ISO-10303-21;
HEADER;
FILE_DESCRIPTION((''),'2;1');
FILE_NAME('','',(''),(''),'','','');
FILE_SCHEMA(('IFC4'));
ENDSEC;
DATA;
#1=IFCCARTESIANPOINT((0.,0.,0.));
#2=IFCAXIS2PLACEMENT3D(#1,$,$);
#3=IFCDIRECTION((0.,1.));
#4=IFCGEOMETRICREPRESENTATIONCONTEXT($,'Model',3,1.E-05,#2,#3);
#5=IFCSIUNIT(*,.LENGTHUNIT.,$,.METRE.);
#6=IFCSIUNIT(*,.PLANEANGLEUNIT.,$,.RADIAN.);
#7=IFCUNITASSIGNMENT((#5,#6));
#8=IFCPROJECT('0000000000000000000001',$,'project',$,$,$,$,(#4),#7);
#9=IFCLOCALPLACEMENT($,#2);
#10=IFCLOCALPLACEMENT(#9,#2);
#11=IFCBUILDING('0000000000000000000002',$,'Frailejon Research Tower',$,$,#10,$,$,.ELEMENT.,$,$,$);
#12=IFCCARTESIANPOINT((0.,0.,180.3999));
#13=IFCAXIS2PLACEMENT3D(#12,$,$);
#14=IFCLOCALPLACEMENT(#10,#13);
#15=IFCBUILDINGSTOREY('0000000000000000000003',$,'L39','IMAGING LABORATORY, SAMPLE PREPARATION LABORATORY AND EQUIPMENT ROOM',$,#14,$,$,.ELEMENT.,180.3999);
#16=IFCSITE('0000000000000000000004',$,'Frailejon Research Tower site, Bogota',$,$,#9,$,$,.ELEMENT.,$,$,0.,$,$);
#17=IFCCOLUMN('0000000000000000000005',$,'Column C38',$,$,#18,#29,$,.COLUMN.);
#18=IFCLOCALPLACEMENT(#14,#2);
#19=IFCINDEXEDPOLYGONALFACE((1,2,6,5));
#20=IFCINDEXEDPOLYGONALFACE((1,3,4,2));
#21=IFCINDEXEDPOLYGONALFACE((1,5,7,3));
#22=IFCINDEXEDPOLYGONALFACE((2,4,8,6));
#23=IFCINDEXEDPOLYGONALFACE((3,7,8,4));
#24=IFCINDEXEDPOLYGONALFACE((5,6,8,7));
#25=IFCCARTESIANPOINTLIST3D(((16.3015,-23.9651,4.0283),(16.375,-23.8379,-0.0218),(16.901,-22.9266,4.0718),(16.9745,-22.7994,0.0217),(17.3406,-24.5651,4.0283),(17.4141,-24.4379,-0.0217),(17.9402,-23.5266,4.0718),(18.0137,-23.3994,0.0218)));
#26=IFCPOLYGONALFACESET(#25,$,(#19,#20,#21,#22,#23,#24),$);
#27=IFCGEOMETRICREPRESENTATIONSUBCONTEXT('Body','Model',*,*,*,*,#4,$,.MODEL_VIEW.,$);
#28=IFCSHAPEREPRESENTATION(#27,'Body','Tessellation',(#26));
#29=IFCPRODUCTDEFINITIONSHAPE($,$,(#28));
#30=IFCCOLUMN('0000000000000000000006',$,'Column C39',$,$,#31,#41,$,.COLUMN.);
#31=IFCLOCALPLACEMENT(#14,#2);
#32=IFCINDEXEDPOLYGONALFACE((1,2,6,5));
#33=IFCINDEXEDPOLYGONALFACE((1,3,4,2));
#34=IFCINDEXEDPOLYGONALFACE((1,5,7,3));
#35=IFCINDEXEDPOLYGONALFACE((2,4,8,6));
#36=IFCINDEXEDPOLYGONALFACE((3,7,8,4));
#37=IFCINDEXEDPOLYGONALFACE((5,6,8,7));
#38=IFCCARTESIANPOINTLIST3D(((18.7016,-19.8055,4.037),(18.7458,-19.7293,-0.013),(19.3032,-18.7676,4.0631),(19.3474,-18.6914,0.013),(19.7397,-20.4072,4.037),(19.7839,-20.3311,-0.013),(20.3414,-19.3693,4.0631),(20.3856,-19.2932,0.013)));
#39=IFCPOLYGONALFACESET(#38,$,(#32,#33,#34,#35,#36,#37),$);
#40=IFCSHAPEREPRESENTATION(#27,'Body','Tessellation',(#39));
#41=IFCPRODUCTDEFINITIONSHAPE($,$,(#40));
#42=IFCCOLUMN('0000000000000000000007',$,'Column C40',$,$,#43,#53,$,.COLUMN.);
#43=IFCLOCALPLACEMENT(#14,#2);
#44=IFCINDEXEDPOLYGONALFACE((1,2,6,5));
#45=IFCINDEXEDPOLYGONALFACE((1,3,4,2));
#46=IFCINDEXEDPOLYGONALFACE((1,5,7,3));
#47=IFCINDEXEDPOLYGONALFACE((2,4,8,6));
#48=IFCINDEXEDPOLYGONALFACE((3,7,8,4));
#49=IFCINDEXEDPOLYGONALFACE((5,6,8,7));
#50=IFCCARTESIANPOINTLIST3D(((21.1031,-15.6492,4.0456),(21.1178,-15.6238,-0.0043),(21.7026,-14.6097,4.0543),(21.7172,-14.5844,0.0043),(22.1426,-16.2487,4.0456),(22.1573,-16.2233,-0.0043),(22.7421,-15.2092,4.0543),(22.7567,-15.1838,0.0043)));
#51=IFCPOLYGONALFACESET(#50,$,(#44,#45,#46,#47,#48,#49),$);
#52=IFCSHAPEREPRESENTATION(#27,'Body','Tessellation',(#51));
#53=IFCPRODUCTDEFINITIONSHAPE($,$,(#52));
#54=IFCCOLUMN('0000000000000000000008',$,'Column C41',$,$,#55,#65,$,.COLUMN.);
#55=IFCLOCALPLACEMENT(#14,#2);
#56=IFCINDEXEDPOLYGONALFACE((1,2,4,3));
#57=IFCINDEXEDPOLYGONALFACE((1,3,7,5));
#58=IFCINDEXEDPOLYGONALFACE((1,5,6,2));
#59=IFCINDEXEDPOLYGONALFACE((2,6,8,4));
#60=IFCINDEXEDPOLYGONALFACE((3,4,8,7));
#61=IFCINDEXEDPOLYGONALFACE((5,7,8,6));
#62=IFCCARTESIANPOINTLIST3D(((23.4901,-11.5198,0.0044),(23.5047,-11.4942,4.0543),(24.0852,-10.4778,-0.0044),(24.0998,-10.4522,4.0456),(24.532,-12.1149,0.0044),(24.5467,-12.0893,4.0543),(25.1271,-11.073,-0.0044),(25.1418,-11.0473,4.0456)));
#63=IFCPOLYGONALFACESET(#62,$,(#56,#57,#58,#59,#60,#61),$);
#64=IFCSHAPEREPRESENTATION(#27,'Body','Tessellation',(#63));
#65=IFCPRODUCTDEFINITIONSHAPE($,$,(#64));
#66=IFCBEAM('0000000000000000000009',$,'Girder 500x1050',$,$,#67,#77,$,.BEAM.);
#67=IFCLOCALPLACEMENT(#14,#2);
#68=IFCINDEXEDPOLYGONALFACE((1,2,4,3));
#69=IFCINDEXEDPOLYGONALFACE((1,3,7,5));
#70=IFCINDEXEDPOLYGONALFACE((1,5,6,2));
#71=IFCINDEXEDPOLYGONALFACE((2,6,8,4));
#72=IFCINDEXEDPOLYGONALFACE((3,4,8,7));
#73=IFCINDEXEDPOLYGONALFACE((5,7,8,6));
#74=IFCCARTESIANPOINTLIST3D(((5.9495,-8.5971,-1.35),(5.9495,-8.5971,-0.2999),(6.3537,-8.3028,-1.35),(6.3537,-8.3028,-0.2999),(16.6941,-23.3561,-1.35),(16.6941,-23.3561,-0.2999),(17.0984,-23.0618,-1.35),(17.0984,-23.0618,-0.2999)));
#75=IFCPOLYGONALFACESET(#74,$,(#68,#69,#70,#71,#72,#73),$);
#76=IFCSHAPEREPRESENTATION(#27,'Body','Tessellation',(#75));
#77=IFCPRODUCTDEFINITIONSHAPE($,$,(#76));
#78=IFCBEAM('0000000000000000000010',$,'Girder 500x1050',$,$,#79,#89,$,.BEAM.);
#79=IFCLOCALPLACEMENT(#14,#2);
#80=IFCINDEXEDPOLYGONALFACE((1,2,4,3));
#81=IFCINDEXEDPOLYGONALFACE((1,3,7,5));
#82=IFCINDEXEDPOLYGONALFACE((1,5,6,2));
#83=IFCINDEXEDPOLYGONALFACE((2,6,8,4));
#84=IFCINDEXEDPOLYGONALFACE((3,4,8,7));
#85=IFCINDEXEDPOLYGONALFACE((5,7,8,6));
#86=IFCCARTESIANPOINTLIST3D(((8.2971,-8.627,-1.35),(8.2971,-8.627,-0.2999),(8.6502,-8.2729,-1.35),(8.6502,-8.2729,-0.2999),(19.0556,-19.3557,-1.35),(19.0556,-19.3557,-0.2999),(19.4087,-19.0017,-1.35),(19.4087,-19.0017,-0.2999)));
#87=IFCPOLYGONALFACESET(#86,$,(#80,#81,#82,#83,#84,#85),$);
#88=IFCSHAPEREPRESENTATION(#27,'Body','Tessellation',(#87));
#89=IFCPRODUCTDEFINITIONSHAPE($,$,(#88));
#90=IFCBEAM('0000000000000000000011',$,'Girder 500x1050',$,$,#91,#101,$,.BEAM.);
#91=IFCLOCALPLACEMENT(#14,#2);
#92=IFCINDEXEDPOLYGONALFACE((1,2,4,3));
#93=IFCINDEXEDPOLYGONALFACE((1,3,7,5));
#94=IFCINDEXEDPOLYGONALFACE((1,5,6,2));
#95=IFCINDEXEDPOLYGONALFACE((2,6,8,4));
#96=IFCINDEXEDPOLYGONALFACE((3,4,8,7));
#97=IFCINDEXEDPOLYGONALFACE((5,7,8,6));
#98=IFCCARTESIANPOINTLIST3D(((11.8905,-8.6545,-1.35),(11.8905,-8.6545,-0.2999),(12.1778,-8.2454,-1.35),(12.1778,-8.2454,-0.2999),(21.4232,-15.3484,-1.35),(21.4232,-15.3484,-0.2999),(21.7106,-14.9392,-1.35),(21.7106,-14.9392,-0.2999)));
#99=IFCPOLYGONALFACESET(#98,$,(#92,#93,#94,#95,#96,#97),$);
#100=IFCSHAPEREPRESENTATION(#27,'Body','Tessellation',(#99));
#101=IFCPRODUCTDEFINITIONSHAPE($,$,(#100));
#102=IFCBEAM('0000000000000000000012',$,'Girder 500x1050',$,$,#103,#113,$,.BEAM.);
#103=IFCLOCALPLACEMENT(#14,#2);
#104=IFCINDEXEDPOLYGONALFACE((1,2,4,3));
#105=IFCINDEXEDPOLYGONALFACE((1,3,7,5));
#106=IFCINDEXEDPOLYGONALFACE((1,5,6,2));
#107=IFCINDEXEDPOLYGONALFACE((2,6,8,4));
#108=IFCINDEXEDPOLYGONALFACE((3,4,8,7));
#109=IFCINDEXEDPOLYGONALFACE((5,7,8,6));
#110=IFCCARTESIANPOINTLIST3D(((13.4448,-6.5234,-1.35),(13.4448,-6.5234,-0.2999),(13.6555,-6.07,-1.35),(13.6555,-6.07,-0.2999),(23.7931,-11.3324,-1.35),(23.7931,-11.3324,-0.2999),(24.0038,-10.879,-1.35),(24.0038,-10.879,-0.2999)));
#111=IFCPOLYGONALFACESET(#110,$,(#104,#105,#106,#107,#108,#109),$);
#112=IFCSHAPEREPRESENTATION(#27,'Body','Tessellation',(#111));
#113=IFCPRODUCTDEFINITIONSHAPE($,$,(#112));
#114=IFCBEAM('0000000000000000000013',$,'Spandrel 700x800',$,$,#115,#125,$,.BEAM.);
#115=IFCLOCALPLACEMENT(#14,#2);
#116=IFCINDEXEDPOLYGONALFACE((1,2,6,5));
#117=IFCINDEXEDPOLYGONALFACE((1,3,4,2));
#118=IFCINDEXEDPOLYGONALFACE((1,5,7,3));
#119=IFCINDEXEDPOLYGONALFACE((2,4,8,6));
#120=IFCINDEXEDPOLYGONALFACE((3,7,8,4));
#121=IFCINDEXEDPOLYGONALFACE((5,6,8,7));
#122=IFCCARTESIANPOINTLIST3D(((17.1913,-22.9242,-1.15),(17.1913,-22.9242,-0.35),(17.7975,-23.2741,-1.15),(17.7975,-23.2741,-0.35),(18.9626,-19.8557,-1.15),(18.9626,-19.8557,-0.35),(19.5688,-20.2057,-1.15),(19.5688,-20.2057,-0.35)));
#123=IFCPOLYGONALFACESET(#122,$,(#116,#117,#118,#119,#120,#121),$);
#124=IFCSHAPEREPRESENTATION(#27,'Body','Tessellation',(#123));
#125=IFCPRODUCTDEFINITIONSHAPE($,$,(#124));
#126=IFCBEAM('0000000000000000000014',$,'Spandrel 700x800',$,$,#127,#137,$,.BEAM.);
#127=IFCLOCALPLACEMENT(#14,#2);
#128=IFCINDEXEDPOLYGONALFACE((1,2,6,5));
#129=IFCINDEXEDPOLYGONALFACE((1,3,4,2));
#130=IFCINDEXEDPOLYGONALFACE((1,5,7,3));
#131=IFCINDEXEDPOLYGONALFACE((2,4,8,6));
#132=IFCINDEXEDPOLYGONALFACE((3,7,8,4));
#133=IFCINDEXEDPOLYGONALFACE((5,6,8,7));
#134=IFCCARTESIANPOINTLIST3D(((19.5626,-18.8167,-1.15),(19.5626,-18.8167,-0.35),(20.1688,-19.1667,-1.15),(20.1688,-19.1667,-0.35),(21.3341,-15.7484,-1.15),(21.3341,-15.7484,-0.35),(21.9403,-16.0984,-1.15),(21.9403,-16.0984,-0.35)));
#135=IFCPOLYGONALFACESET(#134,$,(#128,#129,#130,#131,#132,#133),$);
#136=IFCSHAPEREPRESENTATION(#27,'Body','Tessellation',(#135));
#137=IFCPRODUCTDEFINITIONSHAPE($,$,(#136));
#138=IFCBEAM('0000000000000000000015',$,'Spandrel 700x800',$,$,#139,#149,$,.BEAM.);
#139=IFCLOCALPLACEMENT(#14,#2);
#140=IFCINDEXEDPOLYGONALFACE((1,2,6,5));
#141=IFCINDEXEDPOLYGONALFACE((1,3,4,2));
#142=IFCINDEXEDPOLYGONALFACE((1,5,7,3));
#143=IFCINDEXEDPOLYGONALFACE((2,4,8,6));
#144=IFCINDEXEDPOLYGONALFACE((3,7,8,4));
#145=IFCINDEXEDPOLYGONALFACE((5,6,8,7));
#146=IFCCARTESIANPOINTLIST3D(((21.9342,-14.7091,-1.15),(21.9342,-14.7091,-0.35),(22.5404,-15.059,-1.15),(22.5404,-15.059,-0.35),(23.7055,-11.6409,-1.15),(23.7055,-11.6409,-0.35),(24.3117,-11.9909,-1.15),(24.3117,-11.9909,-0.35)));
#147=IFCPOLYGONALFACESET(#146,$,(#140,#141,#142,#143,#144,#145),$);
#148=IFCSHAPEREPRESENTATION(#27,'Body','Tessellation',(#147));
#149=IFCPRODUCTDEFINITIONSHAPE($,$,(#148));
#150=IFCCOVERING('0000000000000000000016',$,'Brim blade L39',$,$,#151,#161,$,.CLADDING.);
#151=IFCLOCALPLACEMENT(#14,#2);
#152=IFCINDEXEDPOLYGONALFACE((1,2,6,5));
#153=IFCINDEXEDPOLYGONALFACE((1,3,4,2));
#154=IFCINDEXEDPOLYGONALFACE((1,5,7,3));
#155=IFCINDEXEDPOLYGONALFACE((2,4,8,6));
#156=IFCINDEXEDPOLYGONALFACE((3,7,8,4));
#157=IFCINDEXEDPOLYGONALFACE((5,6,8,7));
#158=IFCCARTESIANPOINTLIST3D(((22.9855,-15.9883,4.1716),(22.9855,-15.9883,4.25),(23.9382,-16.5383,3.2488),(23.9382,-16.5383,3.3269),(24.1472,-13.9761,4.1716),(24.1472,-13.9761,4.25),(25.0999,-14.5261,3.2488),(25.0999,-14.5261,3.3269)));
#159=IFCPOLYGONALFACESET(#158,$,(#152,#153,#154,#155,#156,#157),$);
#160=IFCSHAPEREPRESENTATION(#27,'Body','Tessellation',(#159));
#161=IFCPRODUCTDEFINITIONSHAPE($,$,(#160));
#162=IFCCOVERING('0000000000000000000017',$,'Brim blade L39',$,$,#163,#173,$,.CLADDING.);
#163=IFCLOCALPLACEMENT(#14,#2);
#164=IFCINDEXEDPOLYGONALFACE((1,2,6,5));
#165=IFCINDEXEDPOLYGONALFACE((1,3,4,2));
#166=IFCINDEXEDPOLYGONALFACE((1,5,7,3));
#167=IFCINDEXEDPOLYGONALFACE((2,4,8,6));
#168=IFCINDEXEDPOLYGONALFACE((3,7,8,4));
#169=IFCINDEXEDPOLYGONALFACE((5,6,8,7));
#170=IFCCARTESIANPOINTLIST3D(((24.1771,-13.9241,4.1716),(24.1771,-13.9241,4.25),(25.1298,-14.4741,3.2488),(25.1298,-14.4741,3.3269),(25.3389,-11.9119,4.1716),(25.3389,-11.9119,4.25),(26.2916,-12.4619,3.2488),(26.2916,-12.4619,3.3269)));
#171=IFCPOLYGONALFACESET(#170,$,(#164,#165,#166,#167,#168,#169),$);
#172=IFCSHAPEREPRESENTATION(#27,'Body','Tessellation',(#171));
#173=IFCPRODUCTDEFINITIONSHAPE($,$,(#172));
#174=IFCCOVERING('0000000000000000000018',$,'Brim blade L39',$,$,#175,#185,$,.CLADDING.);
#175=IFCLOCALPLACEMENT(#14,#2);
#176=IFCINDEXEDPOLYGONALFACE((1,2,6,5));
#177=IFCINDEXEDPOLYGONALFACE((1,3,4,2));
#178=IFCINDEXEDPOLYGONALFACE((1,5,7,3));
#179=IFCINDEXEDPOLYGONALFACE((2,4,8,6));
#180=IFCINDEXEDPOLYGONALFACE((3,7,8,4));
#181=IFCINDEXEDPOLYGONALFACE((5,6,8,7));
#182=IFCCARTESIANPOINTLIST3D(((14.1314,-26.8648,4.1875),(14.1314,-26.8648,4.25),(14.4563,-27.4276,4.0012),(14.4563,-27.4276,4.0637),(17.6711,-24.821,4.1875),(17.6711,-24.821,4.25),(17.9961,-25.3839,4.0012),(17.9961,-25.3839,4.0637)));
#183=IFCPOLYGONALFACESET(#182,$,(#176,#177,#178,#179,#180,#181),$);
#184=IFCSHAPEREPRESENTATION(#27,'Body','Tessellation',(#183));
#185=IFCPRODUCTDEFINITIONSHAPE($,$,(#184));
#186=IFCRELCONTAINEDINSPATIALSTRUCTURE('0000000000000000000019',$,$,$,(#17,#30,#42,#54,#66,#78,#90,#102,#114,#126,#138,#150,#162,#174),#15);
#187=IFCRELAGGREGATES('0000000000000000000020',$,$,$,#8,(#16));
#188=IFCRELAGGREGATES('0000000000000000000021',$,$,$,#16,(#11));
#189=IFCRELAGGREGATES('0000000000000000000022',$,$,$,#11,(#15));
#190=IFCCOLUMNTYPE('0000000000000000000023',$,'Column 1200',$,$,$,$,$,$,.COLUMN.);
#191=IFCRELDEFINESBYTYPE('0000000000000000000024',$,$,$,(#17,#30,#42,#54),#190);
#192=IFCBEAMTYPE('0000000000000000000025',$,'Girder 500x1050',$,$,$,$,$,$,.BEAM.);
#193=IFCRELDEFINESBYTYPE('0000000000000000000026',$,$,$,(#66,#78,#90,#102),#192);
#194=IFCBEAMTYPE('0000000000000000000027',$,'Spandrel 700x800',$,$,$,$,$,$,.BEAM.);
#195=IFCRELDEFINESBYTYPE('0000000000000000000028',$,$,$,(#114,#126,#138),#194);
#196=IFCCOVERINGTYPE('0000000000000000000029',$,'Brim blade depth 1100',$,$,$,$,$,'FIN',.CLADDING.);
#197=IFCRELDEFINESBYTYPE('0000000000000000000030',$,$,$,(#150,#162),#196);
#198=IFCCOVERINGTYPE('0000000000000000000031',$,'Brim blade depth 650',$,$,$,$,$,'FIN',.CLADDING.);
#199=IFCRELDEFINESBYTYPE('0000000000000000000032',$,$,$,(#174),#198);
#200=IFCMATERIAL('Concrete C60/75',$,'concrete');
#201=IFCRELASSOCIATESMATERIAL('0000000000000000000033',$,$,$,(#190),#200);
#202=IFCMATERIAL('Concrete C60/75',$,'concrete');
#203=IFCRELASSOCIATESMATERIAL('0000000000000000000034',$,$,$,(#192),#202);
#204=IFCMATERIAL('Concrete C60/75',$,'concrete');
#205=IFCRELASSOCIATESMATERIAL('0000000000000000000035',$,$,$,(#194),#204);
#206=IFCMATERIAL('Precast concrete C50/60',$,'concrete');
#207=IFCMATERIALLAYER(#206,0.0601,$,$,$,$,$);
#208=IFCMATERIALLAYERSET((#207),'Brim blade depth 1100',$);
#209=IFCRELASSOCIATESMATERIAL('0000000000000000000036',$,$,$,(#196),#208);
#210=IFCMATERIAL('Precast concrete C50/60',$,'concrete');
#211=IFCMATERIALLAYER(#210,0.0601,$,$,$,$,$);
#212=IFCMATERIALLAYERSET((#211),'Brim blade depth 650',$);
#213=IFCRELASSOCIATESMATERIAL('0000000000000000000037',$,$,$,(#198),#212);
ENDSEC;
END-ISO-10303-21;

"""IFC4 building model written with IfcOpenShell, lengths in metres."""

from ifc_helpers import new_model, si_unit, direction, frame, origin, origin_2d, place, context, subcontext, project, spatial, polyline, rectangle, outline, extrude, material, layer, layer_set, material_profile, profile_set, type_object, element, save


model = new_model("IFC4")

# Units and contexts
model_context = context("Model", 3, precision=1e-05, world=origin(), true_north=direction((0.0, 1.0)))
body_context = subcontext(model_context, "Body", "Model", "MODEL_VIEW")
ifc_project = project(units=[si_unit("LENGTHUNIT", "METRE"), si_unit("PLANEANGLEUNIT", "RADIAN")], contexts=[model_context])

# Site, building, storey
site_placement = place(None, origin())
site = spatial("IfcSite", under=ifc_project, at=site_placement, Name="Frailejon Research Tower site, Bogota", CompositionType="ELEMENT", RefElevation=0.0)
building_placement = place(site_placement, origin())
building = spatial("IfcBuilding", under=site, at=building_placement, Name="Frailejon Research Tower", CompositionType="ELEMENT")
storey_placement = place(building_placement, frame((0.0, 0.0, 180.3999)))
storey = spatial("IfcBuildingStorey", under=building, at=storey_placement, Name="L39", Description="IMAGING LABORATORY, SAMPLE PREPARATION LABORATORY AND EQUIPMENT ROOM", CompositionType="ELEMENT", Elevation=180.3999)

# Columns
ifc_material_1 = material(Name="Concrete C60/75", Category="concrete")
ifc_material_profile_1 = material_profile(ifc_material_1, rectangle(XDim=1.2, YDim=1.2, at=origin_2d()), Name="Column 1200")
ifc_profile_set_1 = profile_set([ifc_material_profile_1], Name="Concrete C60/75")
column_type = type_object("IfcColumnType", Name="Column 1200", PredefinedType="COLUMN", material=ifc_profile_set_1)
column_1_placement = place(storey_placement, frame((17.1943, -23.6187, 0.0), z_axis=(-0.018133, -0.031386, 0.999343), x_axis=(0.499675, 0.865454, 0.036247)))
element("IfcColumn", 1, at=column_1_placement, inside=storey, type_object=column_type, Name="Column C38", PredefinedType="COLUMN", context=body_context, shape_type="SweptSolid", body=[
    extrude(rectangle(XDim=1.2, YDim=1.2, at=origin_2d()), origin(), (0.0, 0.0, 1.0), 4.0527),
])
column_2_placement = place(storey_placement, frame((19.5657, -19.5112, 0.0), z_axis=(-0.010908, -0.018803, 0.999764), x_axis=(0.501388, 0.864949, 0.021738)))
element("IfcColumn", 2, at=column_2_placement, inside=storey, type_object=column_type, Name="Column C39", PredefinedType="COLUMN", context=body_context, shape_type="SweptSolid", body=[
    extrude(rectangle(XDim=1.2, YDim=1.2, at=origin_2d()), origin(), (0.0, 0.0, 1.0), 4.051),
])
for number, where, z_axis, x_axis, name in (
    (3, (21.9373, -15.4038, 0.0), (-0.003617, -0.006269, 0.999974), (0.499536, 0.866263, 0.007238), "Column C40"),
    (4, (24.3086, -11.2964, 0.0), (0.003617, 0.006329, 0.999973), (0.495951, 0.86832, -0.00729), "Column C41"),
):
    element("IfcColumn", number, at=place(storey_placement, frame(where, z_axis=z_axis, x_axis=x_axis)), inside=storey, type_object=column_type, Name=name, PredefinedType="COLUMN", context=body_context, shape_type="SweptSolid", body=[
        extrude(rectangle(XDim=1.2, YDim=1.2, at=origin_2d()), origin(), (0.0, 0.0, 1.0), 4.05),
    ])

# Beams
ifc_material_2 = material(Name="Concrete C60/75", Category="concrete")
ifc_material_profile_2 = material_profile(ifc_material_2, rectangle(XDim=0.5, YDim=1.05, at=origin_2d()), Name="Girder 500x1050")
ifc_profile_set_2 = profile_set([ifc_material_profile_2], Name="Concrete C60/75")
beam_type_1 = type_object("IfcBeamType", Name="Girder 500x1050", PredefinedType="BEAM", material=ifc_profile_set_2)
beam_1_placement = place(storey_placement, frame((16.8962, -23.209, -0.825), z_axis=(-0.588558, 0.808455, 0.0), x_axis=(-0.808455, -0.588558, 0.0)))
element("IfcBeam", 5, at=beam_1_placement, inside=storey, type_object=beam_type_1, Name="Girder 500x1050", PredefinedType="BEAM", context=body_context, shape_type="SweptSolid", body=[
    extrude(rectangle(XDim=0.5, YDim=1.05, at=origin_2d()), origin(), (0.0, 0.0, 1.0), 18.2559),
])
beam_2_placement = place(storey_placement, frame((19.2322, -19.1787, -0.825), z_axis=(-0.708086, 0.706126, 0.0), x_axis=(-0.706126, -0.708086, 0.0)))
element("IfcBeam", 6, at=beam_2_placement, inside=storey, type_object=beam_type_1, Name="Girder 500x1050", PredefinedType="BEAM", context=body_context, shape_type="SweptSolid", body=[
    extrude(rectangle(XDim=0.5, YDim=1.05, at=origin_2d()), origin(), (0.0, 0.0, 1.0), 15.1938),
])
beam_3_placement = place(storey_placement, frame((21.5669, -15.1438, -0.825), z_axis=(-0.818386, 0.574669, 0.0), x_axis=(-0.574669, -0.818386, 0.0)))
element("IfcBeam", 7, at=beam_3_placement, inside=storey, type_object=beam_type_1, Name="Girder 500x1050", PredefinedType="BEAM", context=body_context, shape_type="SweptSolid", body=[
    extrude(rectangle(XDim=0.5, YDim=1.05, at=origin_2d()), origin(), (0.0, 0.0, 1.0), 11.6482),
])
beam_4_placement = place(storey_placement, frame((23.8984, -11.1057, -0.825), z_axis=(-0.906859, 0.421434, 0.0), x_axis=(-0.421434, -0.906859, 0.0)))
element("IfcBeam", 8, at=beam_4_placement, inside=storey, type_object=beam_type_1, Name="Girder 500x1050", PredefinedType="BEAM", context=body_context, shape_type="SweptSolid", body=[
    extrude(rectangle(XDim=0.5, YDim=1.05, at=origin_2d()), origin(), (0.0, 0.0, 1.0), 11.4111),
])
ifc_material_3 = material(Name="Concrete C60/75", Category="concrete")
ifc_material_profile_3 = material_profile(ifc_material_3, rectangle(XDim=0.7, YDim=0.8, at=origin_2d()), Name="Spandrel 700x800")
ifc_profile_set_3 = profile_set([ifc_material_profile_3], Name="Concrete C60/75")
beam_type_2 = type_object("IfcBeamType", Name="Spandrel 700x800", PredefinedType="BEAM", material=ifc_profile_set_3)
for number, where, z_axis, x_axis, name in (
    (9, (17.4944, -23.0991, -0.75), (0.499941, 0.866059, 0.0), (-0.866059, 0.499941, 0.0), "Spandrel 700x800"),
    (10, (19.8657, -18.9917, -0.75), (0.499993, 0.86603, 0.0), (-0.86603, 0.499993, 0.0), "Spandrel 700x800"),
):
    element("IfcBeam", number, at=place(storey_placement, frame(where, z_axis=z_axis, x_axis=x_axis)), inside=storey, type_object=beam_type_2, Name=name, PredefinedType="BEAM", context=body_context, shape_type="SweptSolid", body=[
        extrude(rectangle(XDim=0.7, YDim=0.8, at=origin_2d()), origin(), (0.0, 0.0, 1.0), 3.543),
    ])
beam_5_placement = place(storey_placement, frame((22.2373, -14.884, -0.75), z_axis=(0.499971, 0.866042, 0.0), x_axis=(-0.866042, 0.499971, 0.0)))
element("IfcBeam", 11, at=beam_5_placement, inside=storey, type_object=beam_type_2, Name="Spandrel 700x800", PredefinedType="BEAM", context=body_context, shape_type="SweptSolid", body=[
    extrude(rectangle(XDim=0.7, YDim=0.8, at=origin_2d()), origin(), (0.0, 0.0, 1.0), 3.5427),
])

# Coverings
ifc_material_4 = material(Name="Precast concrete C50/60", Category="concrete")
ifc_layer_1 = layer(ifc_material_4, 0.0601)
ifc_layer_set_1 = layer_set([ifc_layer_1], Name="Brim blade depth 1100")
covering_type_1 = type_object("IfcCoveringType", Name="Brim blade depth 1100", ElementType="FIN", PredefinedType="CLADDING", material=ifc_layer_set_1)
for number, where, z_axis, x_axis, name in (
    (12, (24.1472, -13.9761, 4.25), (-0.500001, -0.866025, 0.0), (0.866025, -0.500001, 0.0), "Brim blade L39"),
    (13, (25.3389, -11.9119, 4.25), (-0.500001, -0.866025, 0.0), (0.866025, -0.500001, 0.0), "Brim blade L39"),
):
    element("IfcCovering", number, at=place(storey_placement, frame(where, z_axis=z_axis, x_axis=x_axis)), inside=storey, type_object=covering_type_1, Name=name, PredefinedType="CLADDING", context=body_context, shape_type="SweptSolid", body=[
        extrude(outline(polyline([(0.0, -0.0784), (1.1001, -1.0012), (1.1001, -0.9231), (0.0, 0.0), (0.0, -0.0784)])), origin(), (0.0, 0.0, 1.0), 2.3235),
    ])
ifc_material_5 = material(Name="Precast concrete C50/60", Category="concrete")
ifc_layer_2 = layer(ifc_material_5, 0.0601)
ifc_layer_set_2 = layer_set([ifc_layer_2], Name="Brim blade depth 650")
covering_type_2 = type_object("IfcCoveringType", Name="Brim blade depth 650", ElementType="FIN", PredefinedType="CLADDING", material=ifc_layer_set_2)
covering_placement = place(storey_placement, frame((17.6711, -24.821, 4.25), z_axis=(-0.866021, -0.500007, 0.0), x_axis=(0.500007, -0.866021, 0.0)))
element("IfcCovering", 14, at=covering_placement, inside=storey, type_object=covering_type_2, Name="Brim blade L39", PredefinedType="CLADDING", context=body_context, shape_type="SweptSolid", body=[
    extrude(outline(polyline([(0.0, -0.0625), (0.6499, -0.2488), (0.6499, -0.1863), (0.0, 0.0), (0.0, -0.0625)])), origin(), (0.0, 0.0, 1.0), 4.0874),
])

save(model, "model.ifc")
